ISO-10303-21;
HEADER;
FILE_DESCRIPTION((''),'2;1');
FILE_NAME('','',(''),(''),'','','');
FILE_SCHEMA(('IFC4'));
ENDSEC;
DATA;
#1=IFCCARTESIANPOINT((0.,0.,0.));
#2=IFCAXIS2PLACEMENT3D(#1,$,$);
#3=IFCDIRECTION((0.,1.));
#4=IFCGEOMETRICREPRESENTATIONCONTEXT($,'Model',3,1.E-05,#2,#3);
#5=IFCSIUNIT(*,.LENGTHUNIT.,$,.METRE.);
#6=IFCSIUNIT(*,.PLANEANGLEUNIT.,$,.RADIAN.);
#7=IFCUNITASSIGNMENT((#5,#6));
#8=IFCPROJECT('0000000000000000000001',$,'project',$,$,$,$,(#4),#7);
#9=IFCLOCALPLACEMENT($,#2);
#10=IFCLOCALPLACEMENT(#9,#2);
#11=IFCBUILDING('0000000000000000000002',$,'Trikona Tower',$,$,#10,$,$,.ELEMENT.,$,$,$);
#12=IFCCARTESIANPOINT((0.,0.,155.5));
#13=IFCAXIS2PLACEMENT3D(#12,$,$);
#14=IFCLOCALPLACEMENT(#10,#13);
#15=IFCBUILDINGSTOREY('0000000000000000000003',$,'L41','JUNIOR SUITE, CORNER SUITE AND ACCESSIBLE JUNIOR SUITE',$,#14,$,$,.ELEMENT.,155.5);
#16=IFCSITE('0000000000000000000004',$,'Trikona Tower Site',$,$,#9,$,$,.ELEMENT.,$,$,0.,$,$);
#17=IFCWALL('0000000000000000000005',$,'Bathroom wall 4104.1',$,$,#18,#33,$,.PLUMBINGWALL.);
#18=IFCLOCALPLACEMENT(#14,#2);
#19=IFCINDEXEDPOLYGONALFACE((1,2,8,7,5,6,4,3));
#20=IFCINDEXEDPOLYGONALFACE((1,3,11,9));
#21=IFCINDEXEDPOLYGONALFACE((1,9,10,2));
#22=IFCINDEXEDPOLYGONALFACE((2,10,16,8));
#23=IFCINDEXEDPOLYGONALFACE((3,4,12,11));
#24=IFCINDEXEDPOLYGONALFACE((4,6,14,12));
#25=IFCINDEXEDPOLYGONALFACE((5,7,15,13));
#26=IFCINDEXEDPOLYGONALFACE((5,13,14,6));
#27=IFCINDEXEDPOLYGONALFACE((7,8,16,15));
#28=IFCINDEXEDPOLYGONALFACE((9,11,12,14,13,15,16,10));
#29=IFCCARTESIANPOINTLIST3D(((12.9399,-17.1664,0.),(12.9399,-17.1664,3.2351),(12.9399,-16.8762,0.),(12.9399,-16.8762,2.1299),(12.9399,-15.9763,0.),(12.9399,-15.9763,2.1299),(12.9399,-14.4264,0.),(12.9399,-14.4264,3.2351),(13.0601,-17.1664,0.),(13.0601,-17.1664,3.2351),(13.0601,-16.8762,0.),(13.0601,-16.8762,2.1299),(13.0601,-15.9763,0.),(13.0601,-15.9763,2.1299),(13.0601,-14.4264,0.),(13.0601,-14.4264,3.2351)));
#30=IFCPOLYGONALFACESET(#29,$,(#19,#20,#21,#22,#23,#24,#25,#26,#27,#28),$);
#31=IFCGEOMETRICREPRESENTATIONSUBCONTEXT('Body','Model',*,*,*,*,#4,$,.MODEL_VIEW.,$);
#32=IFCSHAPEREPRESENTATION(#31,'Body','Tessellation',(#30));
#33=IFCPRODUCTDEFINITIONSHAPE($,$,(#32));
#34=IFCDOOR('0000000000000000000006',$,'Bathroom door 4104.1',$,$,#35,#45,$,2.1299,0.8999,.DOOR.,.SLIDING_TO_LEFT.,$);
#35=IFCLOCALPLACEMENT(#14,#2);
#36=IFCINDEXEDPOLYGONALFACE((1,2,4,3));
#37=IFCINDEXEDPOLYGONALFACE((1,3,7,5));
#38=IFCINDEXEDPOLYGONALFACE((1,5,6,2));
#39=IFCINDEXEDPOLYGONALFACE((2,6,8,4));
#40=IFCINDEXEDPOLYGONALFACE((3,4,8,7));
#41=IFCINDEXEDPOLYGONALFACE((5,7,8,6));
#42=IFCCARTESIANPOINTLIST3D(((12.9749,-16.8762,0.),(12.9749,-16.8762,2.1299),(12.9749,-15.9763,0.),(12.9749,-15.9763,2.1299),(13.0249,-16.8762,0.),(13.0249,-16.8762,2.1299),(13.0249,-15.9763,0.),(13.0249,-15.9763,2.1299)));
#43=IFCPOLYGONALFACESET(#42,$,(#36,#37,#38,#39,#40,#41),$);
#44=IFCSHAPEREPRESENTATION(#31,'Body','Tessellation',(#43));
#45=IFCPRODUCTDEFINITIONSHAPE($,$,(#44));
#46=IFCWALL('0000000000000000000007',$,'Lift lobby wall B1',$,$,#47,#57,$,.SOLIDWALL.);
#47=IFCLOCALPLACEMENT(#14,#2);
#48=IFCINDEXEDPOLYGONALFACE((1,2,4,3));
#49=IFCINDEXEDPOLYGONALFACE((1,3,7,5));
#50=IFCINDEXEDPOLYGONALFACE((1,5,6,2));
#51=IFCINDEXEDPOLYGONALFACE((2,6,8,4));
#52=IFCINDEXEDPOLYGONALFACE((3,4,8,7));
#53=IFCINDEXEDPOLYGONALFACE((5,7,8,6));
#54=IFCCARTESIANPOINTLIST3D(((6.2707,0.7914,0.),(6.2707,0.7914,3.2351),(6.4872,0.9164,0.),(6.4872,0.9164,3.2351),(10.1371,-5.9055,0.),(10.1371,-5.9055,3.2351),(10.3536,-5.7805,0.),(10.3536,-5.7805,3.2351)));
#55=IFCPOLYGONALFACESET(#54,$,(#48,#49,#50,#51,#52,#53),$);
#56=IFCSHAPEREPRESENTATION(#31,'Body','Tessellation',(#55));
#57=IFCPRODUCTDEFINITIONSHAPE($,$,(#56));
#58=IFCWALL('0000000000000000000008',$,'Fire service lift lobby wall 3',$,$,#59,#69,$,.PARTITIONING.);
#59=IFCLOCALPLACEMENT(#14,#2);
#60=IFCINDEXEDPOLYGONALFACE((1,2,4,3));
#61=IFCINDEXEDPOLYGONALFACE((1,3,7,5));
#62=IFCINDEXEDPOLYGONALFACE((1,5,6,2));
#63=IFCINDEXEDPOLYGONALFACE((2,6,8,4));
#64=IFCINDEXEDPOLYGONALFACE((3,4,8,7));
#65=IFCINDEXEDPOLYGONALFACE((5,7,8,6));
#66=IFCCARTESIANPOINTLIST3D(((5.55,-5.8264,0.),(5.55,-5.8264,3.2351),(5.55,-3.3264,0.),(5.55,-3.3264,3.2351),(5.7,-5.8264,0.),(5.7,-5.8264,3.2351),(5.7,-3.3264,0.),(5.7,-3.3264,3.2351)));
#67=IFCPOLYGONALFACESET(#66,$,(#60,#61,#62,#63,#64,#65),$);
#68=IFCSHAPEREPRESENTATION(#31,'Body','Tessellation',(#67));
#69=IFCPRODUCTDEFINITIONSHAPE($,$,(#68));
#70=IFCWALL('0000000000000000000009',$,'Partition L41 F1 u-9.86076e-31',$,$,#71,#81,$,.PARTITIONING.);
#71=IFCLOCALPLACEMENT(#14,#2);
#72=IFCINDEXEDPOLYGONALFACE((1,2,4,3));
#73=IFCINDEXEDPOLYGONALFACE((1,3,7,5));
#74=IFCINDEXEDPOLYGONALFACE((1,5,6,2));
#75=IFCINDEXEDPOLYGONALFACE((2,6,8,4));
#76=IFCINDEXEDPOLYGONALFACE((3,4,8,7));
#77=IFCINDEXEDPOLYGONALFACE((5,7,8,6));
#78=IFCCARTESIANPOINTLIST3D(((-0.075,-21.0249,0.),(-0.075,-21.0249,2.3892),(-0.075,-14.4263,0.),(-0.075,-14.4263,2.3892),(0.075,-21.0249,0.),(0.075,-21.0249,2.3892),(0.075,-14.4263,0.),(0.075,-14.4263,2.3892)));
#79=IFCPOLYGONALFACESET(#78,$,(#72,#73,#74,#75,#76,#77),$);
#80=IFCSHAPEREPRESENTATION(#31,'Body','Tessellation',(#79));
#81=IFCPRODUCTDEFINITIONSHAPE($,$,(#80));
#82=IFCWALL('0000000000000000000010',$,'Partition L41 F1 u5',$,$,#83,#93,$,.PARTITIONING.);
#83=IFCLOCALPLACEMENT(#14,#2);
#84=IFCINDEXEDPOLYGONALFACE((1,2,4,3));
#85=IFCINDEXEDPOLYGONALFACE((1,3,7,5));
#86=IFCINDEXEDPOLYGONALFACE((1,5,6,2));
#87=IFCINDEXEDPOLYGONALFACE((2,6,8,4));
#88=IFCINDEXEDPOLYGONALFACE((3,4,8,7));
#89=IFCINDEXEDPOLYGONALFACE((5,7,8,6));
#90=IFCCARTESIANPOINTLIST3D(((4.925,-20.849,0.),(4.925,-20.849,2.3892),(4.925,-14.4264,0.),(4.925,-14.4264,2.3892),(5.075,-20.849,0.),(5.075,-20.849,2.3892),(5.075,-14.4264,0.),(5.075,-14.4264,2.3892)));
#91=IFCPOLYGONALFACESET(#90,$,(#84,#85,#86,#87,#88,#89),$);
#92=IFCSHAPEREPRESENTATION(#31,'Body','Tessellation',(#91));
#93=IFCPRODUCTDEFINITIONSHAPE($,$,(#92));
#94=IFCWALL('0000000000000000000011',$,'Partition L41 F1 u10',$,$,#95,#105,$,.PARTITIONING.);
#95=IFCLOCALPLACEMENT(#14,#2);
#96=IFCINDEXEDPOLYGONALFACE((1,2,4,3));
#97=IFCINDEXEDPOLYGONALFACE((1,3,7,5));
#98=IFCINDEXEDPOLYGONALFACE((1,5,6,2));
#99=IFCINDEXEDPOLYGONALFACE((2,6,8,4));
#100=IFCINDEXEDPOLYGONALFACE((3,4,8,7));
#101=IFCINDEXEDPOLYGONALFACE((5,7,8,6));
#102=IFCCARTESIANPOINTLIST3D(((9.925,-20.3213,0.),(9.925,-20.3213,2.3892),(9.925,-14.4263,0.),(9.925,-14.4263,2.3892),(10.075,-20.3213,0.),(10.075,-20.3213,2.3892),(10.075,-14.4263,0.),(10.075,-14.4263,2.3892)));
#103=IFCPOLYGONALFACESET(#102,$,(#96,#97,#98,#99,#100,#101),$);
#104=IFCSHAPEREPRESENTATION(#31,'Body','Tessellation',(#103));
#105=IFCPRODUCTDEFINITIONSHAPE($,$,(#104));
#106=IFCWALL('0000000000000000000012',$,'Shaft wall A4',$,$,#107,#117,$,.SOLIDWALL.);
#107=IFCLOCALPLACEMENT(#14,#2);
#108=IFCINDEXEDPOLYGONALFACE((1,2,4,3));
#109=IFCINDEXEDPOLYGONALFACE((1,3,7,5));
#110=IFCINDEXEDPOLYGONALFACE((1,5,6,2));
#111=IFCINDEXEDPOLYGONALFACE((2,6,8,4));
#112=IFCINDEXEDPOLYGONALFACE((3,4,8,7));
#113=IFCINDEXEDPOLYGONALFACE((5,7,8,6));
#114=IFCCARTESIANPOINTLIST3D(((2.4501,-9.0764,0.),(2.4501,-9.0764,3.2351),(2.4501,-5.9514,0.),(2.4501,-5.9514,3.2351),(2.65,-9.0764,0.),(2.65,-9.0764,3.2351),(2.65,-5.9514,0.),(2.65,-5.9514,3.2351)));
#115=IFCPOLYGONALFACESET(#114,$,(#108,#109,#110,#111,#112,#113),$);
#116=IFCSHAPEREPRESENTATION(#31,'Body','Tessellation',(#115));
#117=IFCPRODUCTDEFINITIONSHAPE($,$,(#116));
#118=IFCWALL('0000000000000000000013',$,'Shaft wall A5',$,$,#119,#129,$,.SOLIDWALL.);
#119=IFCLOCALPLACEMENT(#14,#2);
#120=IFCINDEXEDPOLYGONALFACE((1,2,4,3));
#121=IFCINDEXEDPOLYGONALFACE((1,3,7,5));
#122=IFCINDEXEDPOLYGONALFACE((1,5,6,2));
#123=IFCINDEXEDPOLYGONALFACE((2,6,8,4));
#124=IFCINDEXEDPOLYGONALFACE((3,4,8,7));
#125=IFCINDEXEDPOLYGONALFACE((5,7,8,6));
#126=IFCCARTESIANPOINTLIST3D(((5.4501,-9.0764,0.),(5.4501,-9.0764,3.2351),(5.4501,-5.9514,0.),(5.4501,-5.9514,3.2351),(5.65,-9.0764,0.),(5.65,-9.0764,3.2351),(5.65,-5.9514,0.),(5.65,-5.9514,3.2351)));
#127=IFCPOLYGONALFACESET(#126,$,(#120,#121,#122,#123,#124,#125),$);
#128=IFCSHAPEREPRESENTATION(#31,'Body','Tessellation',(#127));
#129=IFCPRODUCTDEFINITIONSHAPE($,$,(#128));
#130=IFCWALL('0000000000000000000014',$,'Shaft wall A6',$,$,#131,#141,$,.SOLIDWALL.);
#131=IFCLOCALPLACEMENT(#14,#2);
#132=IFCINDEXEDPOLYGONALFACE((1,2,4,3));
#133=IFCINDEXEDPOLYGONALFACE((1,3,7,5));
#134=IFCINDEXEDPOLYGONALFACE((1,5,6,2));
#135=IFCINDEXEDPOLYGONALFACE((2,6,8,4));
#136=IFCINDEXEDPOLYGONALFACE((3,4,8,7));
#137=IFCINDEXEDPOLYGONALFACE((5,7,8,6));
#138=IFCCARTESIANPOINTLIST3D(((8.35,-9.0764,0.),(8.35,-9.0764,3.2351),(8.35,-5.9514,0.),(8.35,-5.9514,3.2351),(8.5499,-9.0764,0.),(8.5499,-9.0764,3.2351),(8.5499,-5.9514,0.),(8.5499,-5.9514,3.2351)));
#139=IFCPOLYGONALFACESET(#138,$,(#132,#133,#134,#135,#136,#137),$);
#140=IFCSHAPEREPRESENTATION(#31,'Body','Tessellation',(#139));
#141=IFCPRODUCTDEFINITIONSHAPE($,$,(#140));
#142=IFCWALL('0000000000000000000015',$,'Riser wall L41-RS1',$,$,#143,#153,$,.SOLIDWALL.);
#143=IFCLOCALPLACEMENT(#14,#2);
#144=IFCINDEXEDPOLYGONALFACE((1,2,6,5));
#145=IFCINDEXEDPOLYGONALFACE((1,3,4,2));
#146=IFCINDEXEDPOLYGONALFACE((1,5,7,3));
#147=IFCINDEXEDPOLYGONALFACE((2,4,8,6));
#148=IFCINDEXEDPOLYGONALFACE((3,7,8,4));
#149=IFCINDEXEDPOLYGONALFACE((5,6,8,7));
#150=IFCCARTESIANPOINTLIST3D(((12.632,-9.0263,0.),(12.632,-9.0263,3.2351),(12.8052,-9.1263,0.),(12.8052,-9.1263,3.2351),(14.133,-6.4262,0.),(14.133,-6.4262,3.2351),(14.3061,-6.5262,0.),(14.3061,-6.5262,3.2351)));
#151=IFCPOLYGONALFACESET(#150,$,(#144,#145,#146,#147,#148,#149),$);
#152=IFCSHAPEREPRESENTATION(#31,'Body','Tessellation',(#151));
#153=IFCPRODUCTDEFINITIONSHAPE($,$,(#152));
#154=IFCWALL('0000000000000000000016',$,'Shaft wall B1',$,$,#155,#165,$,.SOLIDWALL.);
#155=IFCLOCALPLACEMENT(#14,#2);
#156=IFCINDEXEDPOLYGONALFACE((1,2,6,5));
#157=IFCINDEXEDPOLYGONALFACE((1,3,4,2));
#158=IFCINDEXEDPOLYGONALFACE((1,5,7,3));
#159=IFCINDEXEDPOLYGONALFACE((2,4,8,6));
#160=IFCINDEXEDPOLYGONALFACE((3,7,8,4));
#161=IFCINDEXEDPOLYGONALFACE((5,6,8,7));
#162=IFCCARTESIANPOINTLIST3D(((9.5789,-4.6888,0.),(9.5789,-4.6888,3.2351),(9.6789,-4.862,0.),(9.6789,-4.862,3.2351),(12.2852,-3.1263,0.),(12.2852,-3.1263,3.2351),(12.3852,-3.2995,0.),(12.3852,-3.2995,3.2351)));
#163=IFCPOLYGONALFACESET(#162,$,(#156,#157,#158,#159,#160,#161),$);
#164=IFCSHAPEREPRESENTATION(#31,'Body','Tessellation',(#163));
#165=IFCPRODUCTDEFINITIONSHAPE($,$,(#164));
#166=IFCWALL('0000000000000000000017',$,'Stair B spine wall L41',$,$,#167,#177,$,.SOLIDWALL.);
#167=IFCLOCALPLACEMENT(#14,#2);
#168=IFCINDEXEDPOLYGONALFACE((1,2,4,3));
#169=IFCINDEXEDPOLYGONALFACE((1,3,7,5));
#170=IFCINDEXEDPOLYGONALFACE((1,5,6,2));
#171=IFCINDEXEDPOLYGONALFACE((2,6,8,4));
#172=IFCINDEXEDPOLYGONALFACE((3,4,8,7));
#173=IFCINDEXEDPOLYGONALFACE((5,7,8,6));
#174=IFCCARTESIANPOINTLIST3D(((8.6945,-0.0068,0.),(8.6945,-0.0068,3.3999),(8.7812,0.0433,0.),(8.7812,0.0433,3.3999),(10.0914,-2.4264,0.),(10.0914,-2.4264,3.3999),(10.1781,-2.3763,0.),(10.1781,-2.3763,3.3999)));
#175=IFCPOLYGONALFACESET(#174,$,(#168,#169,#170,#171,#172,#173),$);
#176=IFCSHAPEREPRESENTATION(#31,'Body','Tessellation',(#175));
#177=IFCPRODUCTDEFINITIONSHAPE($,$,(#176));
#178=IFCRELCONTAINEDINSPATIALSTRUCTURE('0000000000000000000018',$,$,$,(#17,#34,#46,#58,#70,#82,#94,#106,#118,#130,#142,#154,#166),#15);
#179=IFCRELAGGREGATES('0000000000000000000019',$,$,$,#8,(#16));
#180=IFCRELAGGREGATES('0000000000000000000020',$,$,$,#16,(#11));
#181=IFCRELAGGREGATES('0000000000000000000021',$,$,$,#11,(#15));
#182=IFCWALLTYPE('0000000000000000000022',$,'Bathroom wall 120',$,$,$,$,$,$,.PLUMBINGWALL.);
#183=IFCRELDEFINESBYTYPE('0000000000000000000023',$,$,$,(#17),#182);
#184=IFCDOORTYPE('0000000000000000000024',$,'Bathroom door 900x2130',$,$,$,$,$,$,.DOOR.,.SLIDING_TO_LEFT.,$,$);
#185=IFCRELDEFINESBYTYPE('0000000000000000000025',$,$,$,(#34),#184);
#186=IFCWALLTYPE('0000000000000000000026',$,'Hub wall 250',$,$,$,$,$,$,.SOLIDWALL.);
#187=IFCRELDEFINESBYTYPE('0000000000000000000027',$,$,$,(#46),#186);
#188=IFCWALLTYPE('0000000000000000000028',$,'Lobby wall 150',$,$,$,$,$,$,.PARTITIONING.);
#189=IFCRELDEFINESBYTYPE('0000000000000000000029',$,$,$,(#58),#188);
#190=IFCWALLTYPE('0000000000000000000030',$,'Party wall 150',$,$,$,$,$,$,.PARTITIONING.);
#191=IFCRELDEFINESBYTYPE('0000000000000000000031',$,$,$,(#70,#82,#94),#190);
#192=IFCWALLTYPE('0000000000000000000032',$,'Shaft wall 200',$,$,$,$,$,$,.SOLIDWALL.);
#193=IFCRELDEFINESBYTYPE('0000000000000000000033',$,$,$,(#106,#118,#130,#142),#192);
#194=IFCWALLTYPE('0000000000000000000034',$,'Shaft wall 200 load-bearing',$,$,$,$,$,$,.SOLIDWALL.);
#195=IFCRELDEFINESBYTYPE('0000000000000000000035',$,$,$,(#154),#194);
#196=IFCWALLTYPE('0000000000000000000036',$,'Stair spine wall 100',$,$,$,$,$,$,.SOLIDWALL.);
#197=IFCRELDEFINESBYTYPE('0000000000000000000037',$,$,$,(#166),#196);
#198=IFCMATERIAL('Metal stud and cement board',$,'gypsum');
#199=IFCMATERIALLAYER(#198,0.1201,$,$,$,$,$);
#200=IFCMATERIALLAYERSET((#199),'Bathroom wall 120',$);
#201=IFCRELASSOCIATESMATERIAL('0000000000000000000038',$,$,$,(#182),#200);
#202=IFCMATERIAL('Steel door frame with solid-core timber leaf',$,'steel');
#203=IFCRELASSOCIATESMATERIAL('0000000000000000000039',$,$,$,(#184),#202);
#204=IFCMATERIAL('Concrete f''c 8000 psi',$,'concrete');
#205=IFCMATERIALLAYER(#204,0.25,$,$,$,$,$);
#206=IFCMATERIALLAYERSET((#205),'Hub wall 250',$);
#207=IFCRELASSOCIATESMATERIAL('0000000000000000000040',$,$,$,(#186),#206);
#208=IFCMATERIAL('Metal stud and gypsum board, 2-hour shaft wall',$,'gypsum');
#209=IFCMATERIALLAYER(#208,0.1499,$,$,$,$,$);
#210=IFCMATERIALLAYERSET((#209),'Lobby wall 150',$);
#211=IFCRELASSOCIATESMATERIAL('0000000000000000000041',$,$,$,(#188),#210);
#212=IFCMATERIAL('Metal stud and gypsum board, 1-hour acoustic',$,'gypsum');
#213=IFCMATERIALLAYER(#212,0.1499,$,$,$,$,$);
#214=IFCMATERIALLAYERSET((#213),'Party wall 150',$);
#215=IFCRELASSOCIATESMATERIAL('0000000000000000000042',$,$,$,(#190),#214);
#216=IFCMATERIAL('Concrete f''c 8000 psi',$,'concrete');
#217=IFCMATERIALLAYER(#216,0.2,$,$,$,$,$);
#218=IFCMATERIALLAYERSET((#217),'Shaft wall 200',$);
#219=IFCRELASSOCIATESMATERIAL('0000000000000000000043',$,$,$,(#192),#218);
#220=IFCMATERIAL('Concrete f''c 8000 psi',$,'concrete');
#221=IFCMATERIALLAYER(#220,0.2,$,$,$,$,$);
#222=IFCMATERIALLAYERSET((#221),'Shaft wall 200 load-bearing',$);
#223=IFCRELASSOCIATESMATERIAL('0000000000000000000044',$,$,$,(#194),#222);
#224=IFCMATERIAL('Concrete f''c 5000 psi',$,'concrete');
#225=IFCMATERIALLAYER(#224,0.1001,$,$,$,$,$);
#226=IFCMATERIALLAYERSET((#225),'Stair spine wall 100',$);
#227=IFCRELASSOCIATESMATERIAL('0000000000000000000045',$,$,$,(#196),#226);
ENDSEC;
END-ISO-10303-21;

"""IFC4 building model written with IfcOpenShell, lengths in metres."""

from ifc_helpers import new_model, si_unit, direction, frame, frame_2d, origin, place, context, subcontext, project, spatial, rectangle, extrude, material, layer, layer_set, type_object, element, fill, save


model = new_model("IFC4")

# Units and contexts
model_context = context("Model", 3, precision=1e-05, world=origin(), true_north=direction((0.0, 1.0)))
body_context = subcontext(model_context, "Body", "Model", "MODEL_VIEW")
ifc_project = project(units=[si_unit("LENGTHUNIT", "METRE"), si_unit("PLANEANGLEUNIT", "RADIAN")], contexts=[model_context])

# Site, building, storey
site_placement = place(None, origin())
site = spatial("IfcSite", under=ifc_project, at=site_placement, Name="Trikona Tower Site", CompositionType="ELEMENT", RefElevation=0.0)
building_placement = place(site_placement, origin())
building = spatial("IfcBuilding", under=site, at=building_placement, Name="Trikona Tower", CompositionType="ELEMENT")
storey_placement = place(building_placement, frame((0.0, 0.0, 155.5)))
storey = spatial("IfcBuildingStorey", under=building, at=storey_placement, Name="L41", Description="JUNIOR SUITE, CORNER SUITE AND ACCESSIBLE JUNIOR SUITE", CompositionType="ELEMENT", Elevation=155.5)

# Shared definitions
ifc_material_1 = material(Name="Metal stud and cement board", Category="gypsum")
ifc_layer_1 = layer(ifc_material_1, 0.1201)
ifc_layer_set_1 = layer_set([ifc_layer_1], Name="Bathroom wall 120")
wall_type_1 = type_object("IfcWallType", Name="Bathroom wall 120", PredefinedType="PLUMBINGWALL", material=ifc_layer_set_1)

# Shared definitions
ifc_material_2 = material(Name="Steel door frame with solid-core timber leaf", Category="steel")
door_type_1 = type_object("IfcDoorType", Name="Bathroom door 900x2130", OperationType="SLIDING_TO_LEFT", PredefinedType="DOOR", material=ifc_material_2)

# Wall, opening, door
wall_1_placement = place(storey_placement, frame((13.0, -14.4263, 0.0), z_axis=(0.0, 0.0, 1.0), x_axis=(0.0, -1.0, 0.0)))
wall_1 = element("IfcWall", 1, at=wall_1_placement, inside=storey, type_object=wall_type_1, Name="Bathroom wall 4104.1", PredefinedType="PLUMBINGWALL", context=body_context, shape_type="SweptSolid", body=[
    extrude(rectangle(XDim=2.74, YDim=0.1201, at=frame_2d((1.3701, 0.0))), origin(), (0.0, 0.0, 1.0), 3.2351),
])
opening_1_placement = place(wall_1_placement, frame((1.55, 0.0, 0.0)))
opening_1 = element("IfcOpeningElement", 2, at=opening_1_placement, cuts=wall_1, PredefinedType="OPENING", context=body_context, shape_type="SweptSolid", body=[
    extrude(rectangle(XDim=0.8999, YDim=2.1299, at=frame_2d((0.45, 1.0649))), frame((0.0, 0.0701, 0.0), z_axis=(0.0, -1.0, 0.0), x_axis=(1.0, 0.0, 0.0)), (0.0, 0.0, 1.0), 0.1401),
])
door_1_placement = place(opening_1_placement, origin())
door_1 = element("IfcDoor", 3, at=door_1_placement, inside=storey, type_object=door_type_1, Name="Bathroom door 4104.1", OperationType="SLIDING_TO_LEFT", OverallHeight=2.1299, OverallWidth=0.8999, PredefinedType="DOOR", context=body_context, shape_type="SweptSolid", body=[
    extrude(rectangle(XDim=0.8999, YDim=2.1299, at=frame_2d((0.45, 1.0649))), frame((0.0, 0.0249, 0.0), z_axis=(0.0, -1.0, 0.0), x_axis=(1.0, 0.0, 0.0)), (0.0, 0.0, 1.0), 0.05),
])
fill(opening_1, door_1)

# Walls
ifc_material_3 = material(Name="Concrete f'c 8000 psi", Category="concrete")
ifc_layer_2 = layer(ifc_material_3, 0.25)
ifc_layer_set_2 = layer_set([ifc_layer_2], Name="Hub wall 250")
wall_type_2 = type_object("IfcWallType", Name="Hub wall 250", PredefinedType="SOLIDWALL", material=ifc_layer_set_2)
wall_2_placement = place(storey_placement, frame((10.2454, -5.843, 0.0), z_axis=(0.0, 0.0, 1.0), x_axis=(-0.499993, 0.866029, 0.0)))
element("IfcWall", 4, at=wall_2_placement, inside=storey, type_object=wall_type_2, Name="Lift lobby wall B1", PredefinedType="SOLIDWALL", context=body_context, shape_type="SweptSolid", body=[
    extrude(rectangle(XDim=7.7329, YDim=0.25, at=frame_2d((3.8665, 0.0))), origin(), (0.0, 0.0, 1.0), 3.2351),
])
ifc_material_4 = material(Name="Metal stud and gypsum board, 2-hour shaft wall", Category="gypsum")
ifc_layer_3 = layer(ifc_material_4, 0.1499)
ifc_layer_set_3 = layer_set([ifc_layer_3], Name="Lobby wall 150")
wall_type_3 = type_object("IfcWallType", Name="Lobby wall 150", PredefinedType="PARTITIONING", material=ifc_layer_set_3)
wall_3_placement = place(storey_placement, frame((5.625, -5.8264, 0.0), z_axis=(0.0, 0.0, 1.0), x_axis=(0.0, 1.0, 0.0)))
element("IfcWall", 5, at=wall_3_placement, inside=storey, type_object=wall_type_3, Name="Fire service lift lobby wall 3", PredefinedType="PARTITIONING", context=body_context, shape_type="SweptSolid", body=[
    extrude(rectangle(XDim=2.5, YDim=0.1499, at=frame_2d((1.25, 0.0))), origin(), (0.0, 0.0, 1.0), 3.2351),
])
ifc_material_5 = material(Name="Metal stud and gypsum board, 1-hour acoustic", Category="gypsum")
ifc_layer_4 = layer(ifc_material_5, 0.1499)
ifc_layer_set_4 = layer_set([ifc_layer_4], Name="Party wall 150")
wall_type_4 = type_object("IfcWallType", Name="Party wall 150", PredefinedType="PARTITIONING", material=ifc_layer_set_4)
wall_4_placement = place(storey_placement, frame((0.0, -14.4263, 0.0), z_axis=(0.0, 0.0, 1.0), x_axis=(0.0, -1.0, 0.0)))
element("IfcWall", 6, at=wall_4_placement, inside=storey, type_object=wall_type_4, Name="Partition L41 F1 u-9.86076e-31", PredefinedType="PARTITIONING", context=body_context, shape_type="SweptSolid", body=[
    extrude(rectangle(XDim=6.5986, YDim=0.1499, at=frame_2d((3.2993, 0.0))), origin(), (0.0, 0.0, 1.0), 2.3892),
])
wall_5_placement = place(storey_placement, frame((5.0, -14.4263, 0.0), z_axis=(0.0, 0.0, 1.0), x_axis=(0.0, -1.0, 0.0)))
element("IfcWall", 7, at=wall_5_placement, inside=storey, type_object=wall_type_4, Name="Partition L41 F1 u5", PredefinedType="PARTITIONING", context=body_context, shape_type="SweptSolid", body=[
    extrude(rectangle(XDim=6.4226, YDim=0.1499, at=frame_2d((3.2114, 0.0))), origin(), (0.0, 0.0, 1.0), 2.3892),
])
wall_6_placement = place(storey_placement, frame((10.0, -14.4263, 0.0), z_axis=(0.0, 0.0, 1.0), x_axis=(0.0, -1.0, 0.0)))
element("IfcWall", 8, at=wall_6_placement, inside=storey, type_object=wall_type_4, Name="Partition L41 F1 u10", PredefinedType="PARTITIONING", context=body_context, shape_type="SweptSolid", body=[
    extrude(rectangle(XDim=5.895, YDim=0.1499, at=frame_2d((2.9475, 0.0))), origin(), (0.0, 0.0, 1.0), 2.3892),
])
ifc_material_6 = material(Name="Concrete f'c 8000 psi", Category="concrete")
ifc_layer_5 = layer(ifc_material_6, 0.2)
ifc_layer_set_5 = layer_set([ifc_layer_5], Name="Shaft wall 200")
wall_type_5 = type_object("IfcWallType", Name="Shaft wall 200", PredefinedType="SOLIDWALL", material=ifc_layer_set_5)
for number, where, z_axis, x_axis, name in (
    (9, (2.55, -5.9514, 0.0), (0.0, 0.0, 1.0), (0.0, -1.0, 0.0), "Shaft wall A4"),
    (10, (5.55, -5.9514, 0.0), (0.0, 0.0, 1.0), (0.0, -1.0, 0.0), "Shaft wall A5"),
    (11, (8.45, -5.9514, 0.0), (0.0, 0.0, 1.0), (0.0, -1.0, 0.0), "Shaft wall A6"),
):
    element("IfcWall", number, at=place(storey_placement, frame(where, z_axis=z_axis, x_axis=x_axis)), inside=storey, type_object=wall_type_5, Name=name, PredefinedType="SOLIDWALL", context=body_context, shape_type="SweptSolid", body=[
        extrude(rectangle(XDim=3.125, YDim=0.2, at=frame_2d((1.5625, 0.0))), origin(), (0.0, 0.0, 1.0), 3.2351),
    ])
wall_7_placement = place(storey_placement, frame((14.2195, -6.4763, 0.0), z_axis=(0.0, 0.0, 1.0), x_axis=(-0.499952, -0.866053, 0.0)))
element("IfcWall", 12, at=wall_7_placement, inside=storey, type_object=wall_type_5, Name="Riser wall L41-RS1", PredefinedType="SOLIDWALL", context=body_context, shape_type="SweptSolid", body=[
    extrude(rectangle(XDim=3.0022, YDim=0.2, at=frame_2d((1.501, 0.0))), origin(), (0.0, 0.0, 1.0), 3.2351),
])
ifc_material_7 = material(Name="Concrete f'c 8000 psi", Category="concrete")
ifc_layer_6 = layer(ifc_material_7, 0.2)
ifc_layer_set_6 = layer_set([ifc_layer_6], Name="Shaft wall 200 load-bearing")
wall_type_6 = type_object("IfcWallType", Name="Shaft wall 200 load-bearing", PredefinedType="SOLIDWALL", material=ifc_layer_set_6)
wall_8_placement = place(storey_placement, frame((9.6289, -4.7754, 0.0), z_axis=(0.0, 0.0, 1.0), x_axis=(0.866023, 0.500004, 0.0)))
element("IfcWall", 13, at=wall_8_placement, inside=storey, type_object=wall_type_6, Name="Shaft wall B1", PredefinedType="SOLIDWALL", context=body_context, shape_type="SweptSolid", body=[
    extrude(rectangle(XDim=3.125, YDim=0.2, at=frame_2d((1.5625, 0.0))), origin(), (0.0, 0.0, 1.0), 3.2351),
])
ifc_material_8 = material(Name="Concrete f'c 5000 psi", Category="concrete")
ifc_layer_7 = layer(ifc_material_8, 0.1001)
ifc_layer_set_7 = layer_set([ifc_layer_7], Name="Stair spine wall 100")
wall_type_7 = type_object("IfcWallType", Name="Stair spine wall 100", PredefinedType="SOLIDWALL", material=ifc_layer_set_7)
wall_9_placement = place(storey_placement, frame((10.1348, -2.4014, 0.0), z_axis=(0.0, 0.0, 1.0), x_axis=(-0.499992, 0.86603, 0.0)))
element("IfcWall", 14, at=wall_9_placement, inside=storey, type_object=wall_type_7, Name="Stair B spine wall L41", PredefinedType="SOLIDWALL", context=body_context, shape_type="SweptSolid", body=[
    extrude(rectangle(XDim=2.7939, YDim=0.1001, at=frame_2d((1.397, 0.0))), origin(), (0.0, 0.0, 1.0), 3.3999),
])

save(model, "model.ifc")
